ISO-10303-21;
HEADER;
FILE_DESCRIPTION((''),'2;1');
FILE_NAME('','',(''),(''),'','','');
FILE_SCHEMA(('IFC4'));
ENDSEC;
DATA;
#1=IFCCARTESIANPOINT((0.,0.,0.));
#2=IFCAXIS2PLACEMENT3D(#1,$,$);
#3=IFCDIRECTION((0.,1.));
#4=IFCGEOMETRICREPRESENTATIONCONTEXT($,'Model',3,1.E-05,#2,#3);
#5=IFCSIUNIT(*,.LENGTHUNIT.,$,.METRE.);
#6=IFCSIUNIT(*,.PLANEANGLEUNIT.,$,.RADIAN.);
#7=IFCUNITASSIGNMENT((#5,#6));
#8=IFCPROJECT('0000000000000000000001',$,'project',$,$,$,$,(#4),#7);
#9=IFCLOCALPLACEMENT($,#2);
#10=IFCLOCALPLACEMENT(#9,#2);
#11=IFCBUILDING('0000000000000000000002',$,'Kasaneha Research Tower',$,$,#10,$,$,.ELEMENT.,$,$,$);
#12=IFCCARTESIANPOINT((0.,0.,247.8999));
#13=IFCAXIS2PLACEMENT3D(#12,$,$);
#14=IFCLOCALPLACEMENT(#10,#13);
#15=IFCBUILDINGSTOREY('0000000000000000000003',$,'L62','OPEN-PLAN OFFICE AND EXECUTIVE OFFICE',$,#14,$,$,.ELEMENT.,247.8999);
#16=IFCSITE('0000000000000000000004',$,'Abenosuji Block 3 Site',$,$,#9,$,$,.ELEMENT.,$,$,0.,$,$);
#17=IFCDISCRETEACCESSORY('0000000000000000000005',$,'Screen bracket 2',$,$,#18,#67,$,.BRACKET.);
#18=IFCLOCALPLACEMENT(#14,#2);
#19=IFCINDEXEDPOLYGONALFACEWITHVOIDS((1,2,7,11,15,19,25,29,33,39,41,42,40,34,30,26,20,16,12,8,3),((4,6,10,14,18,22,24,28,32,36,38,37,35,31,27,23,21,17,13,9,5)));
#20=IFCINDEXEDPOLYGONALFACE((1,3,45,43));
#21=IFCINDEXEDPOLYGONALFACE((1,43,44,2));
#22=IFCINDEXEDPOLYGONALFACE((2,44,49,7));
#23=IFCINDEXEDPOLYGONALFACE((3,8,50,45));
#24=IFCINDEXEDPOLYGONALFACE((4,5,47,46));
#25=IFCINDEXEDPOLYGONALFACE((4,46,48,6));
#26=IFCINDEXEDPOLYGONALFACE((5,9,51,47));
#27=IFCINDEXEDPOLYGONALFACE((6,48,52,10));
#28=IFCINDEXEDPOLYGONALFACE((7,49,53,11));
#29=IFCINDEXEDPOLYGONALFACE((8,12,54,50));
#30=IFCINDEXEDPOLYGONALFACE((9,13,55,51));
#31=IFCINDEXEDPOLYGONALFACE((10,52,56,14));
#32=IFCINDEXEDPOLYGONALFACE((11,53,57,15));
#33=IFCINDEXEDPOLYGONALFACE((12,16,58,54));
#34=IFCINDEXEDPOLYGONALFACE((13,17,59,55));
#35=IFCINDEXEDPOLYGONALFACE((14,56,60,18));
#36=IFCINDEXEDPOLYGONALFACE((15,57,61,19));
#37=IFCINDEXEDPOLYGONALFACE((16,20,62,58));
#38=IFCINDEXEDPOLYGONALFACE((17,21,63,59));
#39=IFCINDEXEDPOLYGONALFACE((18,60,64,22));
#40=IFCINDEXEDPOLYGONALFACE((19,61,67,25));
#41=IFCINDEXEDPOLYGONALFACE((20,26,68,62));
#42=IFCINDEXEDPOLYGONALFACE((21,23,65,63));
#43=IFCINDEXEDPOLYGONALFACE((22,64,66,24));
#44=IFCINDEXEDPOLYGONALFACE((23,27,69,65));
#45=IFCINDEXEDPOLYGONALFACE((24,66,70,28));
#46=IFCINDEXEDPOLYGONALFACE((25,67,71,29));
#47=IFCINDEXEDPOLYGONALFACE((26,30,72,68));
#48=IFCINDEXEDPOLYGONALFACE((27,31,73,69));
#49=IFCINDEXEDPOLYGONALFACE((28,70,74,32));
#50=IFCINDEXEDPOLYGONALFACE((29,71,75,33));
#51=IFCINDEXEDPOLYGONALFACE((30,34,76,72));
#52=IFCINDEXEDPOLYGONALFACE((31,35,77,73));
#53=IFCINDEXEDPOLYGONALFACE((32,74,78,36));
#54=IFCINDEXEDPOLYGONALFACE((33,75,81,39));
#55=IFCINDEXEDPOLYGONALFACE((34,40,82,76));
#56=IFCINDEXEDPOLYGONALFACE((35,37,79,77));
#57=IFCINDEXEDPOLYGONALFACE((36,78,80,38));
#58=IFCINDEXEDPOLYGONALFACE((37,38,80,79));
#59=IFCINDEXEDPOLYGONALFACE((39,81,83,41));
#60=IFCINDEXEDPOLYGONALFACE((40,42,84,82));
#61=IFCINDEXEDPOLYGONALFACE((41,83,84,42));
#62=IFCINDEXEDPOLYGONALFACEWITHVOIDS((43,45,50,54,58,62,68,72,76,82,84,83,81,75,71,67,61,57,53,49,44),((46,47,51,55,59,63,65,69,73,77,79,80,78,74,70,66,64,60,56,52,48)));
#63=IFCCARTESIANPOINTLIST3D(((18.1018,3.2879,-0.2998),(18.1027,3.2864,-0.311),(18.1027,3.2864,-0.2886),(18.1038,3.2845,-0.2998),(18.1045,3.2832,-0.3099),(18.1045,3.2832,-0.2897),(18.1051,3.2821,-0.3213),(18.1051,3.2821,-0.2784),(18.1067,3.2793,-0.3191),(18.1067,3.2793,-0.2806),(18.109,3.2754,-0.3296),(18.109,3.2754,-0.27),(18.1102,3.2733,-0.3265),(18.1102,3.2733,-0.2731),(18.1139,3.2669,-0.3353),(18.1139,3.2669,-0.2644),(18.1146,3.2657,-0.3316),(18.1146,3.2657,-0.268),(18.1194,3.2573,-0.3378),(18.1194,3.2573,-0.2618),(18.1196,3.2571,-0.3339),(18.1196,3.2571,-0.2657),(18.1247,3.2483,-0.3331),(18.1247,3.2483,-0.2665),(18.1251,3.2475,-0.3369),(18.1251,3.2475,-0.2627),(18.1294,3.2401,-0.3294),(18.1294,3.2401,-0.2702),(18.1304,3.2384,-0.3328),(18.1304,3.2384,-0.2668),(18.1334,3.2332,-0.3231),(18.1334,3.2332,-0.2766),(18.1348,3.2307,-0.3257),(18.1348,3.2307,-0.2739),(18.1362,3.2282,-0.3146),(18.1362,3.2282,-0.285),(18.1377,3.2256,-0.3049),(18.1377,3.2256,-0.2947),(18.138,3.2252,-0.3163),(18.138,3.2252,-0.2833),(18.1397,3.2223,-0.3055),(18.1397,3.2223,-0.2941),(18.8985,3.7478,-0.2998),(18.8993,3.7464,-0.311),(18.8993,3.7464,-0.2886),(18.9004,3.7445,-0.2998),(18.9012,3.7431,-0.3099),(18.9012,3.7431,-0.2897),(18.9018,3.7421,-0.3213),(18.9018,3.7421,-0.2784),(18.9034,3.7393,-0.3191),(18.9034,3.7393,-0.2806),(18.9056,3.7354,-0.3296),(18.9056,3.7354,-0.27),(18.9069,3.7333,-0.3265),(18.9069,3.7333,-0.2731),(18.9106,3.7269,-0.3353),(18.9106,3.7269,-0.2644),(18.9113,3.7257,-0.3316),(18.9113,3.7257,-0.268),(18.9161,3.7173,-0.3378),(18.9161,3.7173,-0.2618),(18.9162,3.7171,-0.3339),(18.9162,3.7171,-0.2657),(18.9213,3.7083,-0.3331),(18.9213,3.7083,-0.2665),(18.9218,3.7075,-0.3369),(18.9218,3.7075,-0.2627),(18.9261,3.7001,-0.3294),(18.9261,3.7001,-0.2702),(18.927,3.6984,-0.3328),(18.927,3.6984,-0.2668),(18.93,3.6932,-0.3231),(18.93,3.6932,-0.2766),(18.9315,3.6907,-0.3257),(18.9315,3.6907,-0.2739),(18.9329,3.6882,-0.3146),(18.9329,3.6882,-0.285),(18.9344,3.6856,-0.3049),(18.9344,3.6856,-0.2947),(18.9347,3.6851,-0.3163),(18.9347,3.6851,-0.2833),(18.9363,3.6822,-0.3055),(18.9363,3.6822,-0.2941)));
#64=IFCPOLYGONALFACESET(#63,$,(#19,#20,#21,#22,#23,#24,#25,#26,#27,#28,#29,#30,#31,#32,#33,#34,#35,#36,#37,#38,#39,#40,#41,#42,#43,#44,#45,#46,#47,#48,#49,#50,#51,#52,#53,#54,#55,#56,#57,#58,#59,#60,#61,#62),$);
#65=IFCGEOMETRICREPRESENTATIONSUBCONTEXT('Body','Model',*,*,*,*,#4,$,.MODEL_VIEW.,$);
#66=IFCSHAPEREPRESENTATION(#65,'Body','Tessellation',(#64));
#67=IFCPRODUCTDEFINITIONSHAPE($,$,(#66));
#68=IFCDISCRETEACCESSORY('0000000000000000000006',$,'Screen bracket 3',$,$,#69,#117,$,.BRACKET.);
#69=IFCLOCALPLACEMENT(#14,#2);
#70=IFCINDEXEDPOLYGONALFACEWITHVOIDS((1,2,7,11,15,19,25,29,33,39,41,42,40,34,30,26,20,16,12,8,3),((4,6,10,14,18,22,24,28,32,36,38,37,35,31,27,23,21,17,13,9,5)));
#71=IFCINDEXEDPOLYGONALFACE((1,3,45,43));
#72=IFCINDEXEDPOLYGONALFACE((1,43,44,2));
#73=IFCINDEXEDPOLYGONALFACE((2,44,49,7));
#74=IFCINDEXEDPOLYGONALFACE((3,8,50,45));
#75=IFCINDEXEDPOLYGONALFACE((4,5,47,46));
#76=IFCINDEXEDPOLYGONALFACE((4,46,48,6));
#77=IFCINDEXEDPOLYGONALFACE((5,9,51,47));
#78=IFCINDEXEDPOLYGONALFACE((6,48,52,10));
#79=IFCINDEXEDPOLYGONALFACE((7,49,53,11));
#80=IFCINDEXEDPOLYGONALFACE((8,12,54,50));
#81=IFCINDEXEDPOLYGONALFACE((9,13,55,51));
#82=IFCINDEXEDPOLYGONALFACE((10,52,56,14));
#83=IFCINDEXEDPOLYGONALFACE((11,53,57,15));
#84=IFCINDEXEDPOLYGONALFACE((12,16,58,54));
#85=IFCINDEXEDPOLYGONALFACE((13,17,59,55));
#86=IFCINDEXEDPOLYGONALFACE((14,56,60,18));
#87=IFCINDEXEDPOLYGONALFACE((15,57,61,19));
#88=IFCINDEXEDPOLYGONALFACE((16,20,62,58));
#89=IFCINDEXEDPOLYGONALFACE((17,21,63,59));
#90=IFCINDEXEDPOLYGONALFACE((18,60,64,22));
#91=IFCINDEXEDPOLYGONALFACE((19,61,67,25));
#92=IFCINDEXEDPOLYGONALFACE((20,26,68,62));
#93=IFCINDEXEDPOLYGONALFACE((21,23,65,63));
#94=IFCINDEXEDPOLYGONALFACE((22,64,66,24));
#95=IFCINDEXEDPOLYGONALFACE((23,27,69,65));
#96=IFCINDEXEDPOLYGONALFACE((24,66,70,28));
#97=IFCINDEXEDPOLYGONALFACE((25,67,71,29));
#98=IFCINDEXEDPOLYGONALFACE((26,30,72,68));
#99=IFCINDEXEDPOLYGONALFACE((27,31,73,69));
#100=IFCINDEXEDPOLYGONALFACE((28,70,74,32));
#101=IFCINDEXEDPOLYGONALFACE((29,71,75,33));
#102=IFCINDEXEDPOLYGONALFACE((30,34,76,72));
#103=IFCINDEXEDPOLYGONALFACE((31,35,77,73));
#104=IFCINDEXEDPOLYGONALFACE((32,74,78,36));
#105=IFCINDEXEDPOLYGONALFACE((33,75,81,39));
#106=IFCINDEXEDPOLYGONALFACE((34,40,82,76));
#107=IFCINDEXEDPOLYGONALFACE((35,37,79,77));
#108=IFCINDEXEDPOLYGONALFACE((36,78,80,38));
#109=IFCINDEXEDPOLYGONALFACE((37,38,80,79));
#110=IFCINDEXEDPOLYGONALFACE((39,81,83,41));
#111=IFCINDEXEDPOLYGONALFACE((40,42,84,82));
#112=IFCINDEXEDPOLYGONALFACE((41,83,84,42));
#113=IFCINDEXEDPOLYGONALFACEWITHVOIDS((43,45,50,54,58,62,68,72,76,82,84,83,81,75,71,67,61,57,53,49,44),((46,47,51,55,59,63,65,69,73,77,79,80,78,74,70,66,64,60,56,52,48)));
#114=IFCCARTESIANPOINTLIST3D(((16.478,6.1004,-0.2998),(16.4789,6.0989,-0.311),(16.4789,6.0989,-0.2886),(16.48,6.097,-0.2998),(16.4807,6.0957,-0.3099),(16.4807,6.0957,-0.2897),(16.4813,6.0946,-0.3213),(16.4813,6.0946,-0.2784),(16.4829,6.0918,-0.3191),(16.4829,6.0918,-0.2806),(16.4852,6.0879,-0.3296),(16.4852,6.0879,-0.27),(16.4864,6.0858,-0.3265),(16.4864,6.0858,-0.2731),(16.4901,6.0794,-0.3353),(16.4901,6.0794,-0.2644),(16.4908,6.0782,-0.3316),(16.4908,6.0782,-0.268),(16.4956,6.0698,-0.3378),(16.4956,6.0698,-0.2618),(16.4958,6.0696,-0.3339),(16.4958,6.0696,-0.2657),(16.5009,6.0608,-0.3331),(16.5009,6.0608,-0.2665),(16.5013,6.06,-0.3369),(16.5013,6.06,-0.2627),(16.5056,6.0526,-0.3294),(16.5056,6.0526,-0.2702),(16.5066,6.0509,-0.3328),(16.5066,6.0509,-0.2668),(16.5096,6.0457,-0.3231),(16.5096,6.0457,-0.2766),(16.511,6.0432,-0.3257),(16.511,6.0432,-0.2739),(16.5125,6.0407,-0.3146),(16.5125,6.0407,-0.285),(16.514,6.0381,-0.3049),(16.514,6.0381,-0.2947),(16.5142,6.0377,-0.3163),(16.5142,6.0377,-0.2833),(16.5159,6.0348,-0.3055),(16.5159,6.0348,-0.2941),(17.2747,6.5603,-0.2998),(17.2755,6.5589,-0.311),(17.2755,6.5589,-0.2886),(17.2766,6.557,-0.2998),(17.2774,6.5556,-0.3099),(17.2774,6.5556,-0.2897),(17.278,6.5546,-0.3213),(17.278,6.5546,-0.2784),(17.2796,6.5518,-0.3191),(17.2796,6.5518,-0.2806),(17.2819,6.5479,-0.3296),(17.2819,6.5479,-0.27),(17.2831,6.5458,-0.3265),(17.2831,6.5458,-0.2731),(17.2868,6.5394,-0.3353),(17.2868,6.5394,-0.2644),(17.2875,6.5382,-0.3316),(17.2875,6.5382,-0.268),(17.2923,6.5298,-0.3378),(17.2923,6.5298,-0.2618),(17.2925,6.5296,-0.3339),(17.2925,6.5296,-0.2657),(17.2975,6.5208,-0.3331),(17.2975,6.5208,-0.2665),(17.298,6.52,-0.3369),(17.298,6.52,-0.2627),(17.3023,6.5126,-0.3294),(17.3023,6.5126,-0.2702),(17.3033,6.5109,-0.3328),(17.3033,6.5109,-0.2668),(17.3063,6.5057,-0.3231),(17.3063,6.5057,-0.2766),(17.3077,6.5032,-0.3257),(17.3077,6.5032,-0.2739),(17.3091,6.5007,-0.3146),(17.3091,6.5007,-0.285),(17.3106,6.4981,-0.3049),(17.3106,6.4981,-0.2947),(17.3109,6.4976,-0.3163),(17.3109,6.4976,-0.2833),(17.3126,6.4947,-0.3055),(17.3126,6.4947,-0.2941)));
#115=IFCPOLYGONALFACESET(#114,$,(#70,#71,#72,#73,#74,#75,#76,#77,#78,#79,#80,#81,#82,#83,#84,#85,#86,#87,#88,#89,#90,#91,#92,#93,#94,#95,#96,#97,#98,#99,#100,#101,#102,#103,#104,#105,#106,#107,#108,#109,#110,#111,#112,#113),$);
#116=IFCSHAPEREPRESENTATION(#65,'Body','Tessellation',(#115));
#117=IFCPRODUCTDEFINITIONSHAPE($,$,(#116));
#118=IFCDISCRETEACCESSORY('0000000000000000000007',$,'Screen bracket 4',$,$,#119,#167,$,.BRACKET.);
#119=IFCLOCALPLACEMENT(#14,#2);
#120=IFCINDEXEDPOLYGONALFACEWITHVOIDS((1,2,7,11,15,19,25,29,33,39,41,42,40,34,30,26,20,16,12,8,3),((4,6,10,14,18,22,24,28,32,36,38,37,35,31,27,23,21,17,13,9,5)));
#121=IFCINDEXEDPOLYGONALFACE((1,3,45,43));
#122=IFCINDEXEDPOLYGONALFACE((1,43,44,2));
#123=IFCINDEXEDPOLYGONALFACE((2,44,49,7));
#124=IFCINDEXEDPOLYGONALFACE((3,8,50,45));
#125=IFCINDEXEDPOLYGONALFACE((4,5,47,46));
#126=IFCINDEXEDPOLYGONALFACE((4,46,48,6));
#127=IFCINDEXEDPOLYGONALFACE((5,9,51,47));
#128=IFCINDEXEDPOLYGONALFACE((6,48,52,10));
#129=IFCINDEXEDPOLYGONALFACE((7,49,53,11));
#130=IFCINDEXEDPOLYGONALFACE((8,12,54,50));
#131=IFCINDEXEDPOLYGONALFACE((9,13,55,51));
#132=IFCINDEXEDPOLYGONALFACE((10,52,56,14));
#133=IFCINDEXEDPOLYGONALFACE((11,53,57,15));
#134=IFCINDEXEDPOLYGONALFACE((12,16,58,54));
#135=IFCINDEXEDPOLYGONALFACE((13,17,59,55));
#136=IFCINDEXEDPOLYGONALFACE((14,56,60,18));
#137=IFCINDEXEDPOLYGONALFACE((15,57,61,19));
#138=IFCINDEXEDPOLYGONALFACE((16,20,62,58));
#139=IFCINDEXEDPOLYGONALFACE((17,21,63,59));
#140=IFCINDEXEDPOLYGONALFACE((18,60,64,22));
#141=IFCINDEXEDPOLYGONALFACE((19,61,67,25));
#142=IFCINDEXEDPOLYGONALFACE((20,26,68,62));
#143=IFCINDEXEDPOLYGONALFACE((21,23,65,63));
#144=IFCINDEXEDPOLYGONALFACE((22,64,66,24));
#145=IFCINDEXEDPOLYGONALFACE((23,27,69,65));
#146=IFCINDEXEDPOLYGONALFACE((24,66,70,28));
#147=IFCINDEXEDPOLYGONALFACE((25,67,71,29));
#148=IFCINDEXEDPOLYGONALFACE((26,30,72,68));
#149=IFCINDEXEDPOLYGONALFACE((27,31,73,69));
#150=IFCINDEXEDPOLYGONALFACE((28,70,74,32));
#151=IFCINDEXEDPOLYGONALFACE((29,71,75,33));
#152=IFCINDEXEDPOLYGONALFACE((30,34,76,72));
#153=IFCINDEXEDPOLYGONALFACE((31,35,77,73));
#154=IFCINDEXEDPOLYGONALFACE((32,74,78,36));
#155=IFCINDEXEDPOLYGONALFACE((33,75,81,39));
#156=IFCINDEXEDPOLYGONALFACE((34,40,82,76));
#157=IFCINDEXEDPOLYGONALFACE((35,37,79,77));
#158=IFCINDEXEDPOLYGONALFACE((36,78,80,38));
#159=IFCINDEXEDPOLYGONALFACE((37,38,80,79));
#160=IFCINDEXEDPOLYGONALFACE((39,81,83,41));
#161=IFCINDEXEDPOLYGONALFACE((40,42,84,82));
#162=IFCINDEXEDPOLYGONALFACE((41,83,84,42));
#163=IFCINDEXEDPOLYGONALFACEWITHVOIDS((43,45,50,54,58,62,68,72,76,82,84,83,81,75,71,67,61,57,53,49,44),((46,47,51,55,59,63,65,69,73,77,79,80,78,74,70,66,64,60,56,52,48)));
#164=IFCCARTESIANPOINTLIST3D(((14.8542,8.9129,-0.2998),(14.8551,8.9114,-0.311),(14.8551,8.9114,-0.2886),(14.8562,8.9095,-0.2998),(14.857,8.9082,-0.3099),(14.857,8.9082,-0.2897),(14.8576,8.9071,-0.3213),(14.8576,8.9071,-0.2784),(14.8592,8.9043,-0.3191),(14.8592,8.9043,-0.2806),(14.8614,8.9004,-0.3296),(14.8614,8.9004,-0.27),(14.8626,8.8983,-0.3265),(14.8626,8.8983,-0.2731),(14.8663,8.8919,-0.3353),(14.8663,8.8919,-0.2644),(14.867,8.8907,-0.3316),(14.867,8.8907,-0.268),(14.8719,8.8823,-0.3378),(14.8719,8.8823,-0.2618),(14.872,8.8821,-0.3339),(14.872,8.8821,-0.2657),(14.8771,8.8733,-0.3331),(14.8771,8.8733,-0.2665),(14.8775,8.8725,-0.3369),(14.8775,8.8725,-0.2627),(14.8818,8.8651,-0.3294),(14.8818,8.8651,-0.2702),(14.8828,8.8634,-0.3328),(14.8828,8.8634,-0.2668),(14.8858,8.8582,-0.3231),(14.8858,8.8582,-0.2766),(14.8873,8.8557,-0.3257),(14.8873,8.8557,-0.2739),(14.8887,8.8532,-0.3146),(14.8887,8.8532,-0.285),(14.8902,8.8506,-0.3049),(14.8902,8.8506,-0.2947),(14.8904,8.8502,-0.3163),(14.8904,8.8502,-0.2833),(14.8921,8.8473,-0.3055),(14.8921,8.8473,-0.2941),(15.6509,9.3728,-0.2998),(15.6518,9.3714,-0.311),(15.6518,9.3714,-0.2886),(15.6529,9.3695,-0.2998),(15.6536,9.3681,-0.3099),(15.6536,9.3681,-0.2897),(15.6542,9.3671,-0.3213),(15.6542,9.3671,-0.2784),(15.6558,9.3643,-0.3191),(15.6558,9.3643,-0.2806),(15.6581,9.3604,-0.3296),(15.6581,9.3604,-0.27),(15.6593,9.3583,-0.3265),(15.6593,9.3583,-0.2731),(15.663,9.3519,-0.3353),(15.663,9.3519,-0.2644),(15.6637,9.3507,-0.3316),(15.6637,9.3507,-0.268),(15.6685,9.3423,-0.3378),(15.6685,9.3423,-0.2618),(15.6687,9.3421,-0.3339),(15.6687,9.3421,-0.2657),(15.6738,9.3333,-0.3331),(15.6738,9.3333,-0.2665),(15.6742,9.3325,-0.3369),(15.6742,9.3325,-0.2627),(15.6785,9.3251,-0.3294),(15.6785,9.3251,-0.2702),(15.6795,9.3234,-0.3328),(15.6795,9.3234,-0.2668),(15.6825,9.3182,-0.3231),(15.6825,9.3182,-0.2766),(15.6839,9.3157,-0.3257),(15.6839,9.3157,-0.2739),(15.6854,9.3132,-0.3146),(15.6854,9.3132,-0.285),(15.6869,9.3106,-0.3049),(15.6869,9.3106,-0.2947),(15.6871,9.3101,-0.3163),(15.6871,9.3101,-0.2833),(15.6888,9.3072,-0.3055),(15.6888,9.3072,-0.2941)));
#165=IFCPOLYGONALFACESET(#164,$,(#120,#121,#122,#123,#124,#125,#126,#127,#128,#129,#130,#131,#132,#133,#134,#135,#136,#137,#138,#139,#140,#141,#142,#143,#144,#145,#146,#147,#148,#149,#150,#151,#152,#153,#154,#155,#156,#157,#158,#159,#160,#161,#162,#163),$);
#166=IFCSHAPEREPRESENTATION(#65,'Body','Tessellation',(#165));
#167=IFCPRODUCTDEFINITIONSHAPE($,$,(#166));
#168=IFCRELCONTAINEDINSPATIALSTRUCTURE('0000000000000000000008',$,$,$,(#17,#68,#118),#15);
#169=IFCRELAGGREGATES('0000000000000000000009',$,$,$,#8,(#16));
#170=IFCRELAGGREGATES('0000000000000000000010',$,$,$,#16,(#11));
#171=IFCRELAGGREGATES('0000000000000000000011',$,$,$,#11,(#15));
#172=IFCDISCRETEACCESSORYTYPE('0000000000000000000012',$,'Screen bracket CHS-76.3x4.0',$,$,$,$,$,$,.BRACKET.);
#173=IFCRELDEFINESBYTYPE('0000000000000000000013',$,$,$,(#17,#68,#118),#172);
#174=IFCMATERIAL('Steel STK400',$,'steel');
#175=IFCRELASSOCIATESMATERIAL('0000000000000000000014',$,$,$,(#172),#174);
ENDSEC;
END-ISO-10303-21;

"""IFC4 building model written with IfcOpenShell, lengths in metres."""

from ifc_helpers import new_model, si_unit, direction, frame, origin, origin_2d, place, context, subcontext, project, spatial, hollow_circle, extrude, material, material_profile, profile_set, type_object, element, save


model = new_model("IFC4")

# Units and contexts
model_context = context("Model", 3, precision=1e-05, world=origin(), true_north=direction((0.0, 1.0)))
body_context = subcontext(model_context, "Body", "Model", "MODEL_VIEW")
ifc_project = project(units=[si_unit("LENGTHUNIT", "METRE"), si_unit("PLANEANGLEUNIT", "RADIAN")], contexts=[model_context])

# Site, building, storey
site_placement = place(None, origin())
site = spatial("IfcSite", under=ifc_project, at=site_placement, Name="Abenosuji Block 3 Site", CompositionType="ELEMENT", RefElevation=0.0)
building_placement = place(site_placement, origin())
building = spatial("IfcBuilding", under=site, at=building_placement, Name="Kasaneha Research Tower", CompositionType="ELEMENT")
storey_placement = place(building_placement, frame((0.0, 0.0, 247.8999)))
storey = spatial("IfcBuildingStorey", under=building, at=storey_placement, Name="L62", Description="OPEN-PLAN OFFICE AND EXECUTIVE OFFICE", CompositionType="ELEMENT", Elevation=247.8999)

# Discrete accessories
ifc_material_1 = material(Name="Steel STK400", Category="steel")
ifc_material_profile_1 = material_profile(ifc_material_1, hollow_circle(Radius=0.0381, WallThickness=0.0039, at=origin_2d()), Name="CHS-76.3x4.0")
ifc_profile_set_1 = profile_set([ifc_material_profile_1], Name="Steel STK400")
discrete_accessory_type = type_object("IfcDiscreteAccessoryType", Name="Screen bracket CHS-76.3x4.0", PredefinedType="BRACKET", material=ifc_profile_set_1)
for number, where, z_axis, x_axis, name in (
    (1, (18.1208, 3.2549, -0.2998), (0.866013, 0.500021, 0.0), (-0.500021, 0.866013, 0.0), "Screen bracket 2"),
    (2, (16.4971, 6.0674, -0.2998), (0.866013, 0.500021, 0.0), (-0.500021, 0.866013, 0.0), "Screen bracket 3"),
    (3, (14.8733, 8.8799, -0.2998), (0.866013, 0.500021, 0.0), (-0.500021, 0.866013, 0.0), "Screen bracket 4"),
):
    element("IfcDiscreteAccessory", number, at=place(storey_placement, frame(where, z_axis=z_axis, x_axis=x_axis)), inside=storey, type_object=discrete_accessory_type, Name=name, PredefinedType="BRACKET", context=body_context, shape_type="SweptSolid", body=[
        extrude(hollow_circle(Radius=0.0381, WallThickness=0.0039, at=origin_2d()), origin(), (0.0, 0.0, 1.0), 0.9199),
    ])

save(model, "model.ifc")
